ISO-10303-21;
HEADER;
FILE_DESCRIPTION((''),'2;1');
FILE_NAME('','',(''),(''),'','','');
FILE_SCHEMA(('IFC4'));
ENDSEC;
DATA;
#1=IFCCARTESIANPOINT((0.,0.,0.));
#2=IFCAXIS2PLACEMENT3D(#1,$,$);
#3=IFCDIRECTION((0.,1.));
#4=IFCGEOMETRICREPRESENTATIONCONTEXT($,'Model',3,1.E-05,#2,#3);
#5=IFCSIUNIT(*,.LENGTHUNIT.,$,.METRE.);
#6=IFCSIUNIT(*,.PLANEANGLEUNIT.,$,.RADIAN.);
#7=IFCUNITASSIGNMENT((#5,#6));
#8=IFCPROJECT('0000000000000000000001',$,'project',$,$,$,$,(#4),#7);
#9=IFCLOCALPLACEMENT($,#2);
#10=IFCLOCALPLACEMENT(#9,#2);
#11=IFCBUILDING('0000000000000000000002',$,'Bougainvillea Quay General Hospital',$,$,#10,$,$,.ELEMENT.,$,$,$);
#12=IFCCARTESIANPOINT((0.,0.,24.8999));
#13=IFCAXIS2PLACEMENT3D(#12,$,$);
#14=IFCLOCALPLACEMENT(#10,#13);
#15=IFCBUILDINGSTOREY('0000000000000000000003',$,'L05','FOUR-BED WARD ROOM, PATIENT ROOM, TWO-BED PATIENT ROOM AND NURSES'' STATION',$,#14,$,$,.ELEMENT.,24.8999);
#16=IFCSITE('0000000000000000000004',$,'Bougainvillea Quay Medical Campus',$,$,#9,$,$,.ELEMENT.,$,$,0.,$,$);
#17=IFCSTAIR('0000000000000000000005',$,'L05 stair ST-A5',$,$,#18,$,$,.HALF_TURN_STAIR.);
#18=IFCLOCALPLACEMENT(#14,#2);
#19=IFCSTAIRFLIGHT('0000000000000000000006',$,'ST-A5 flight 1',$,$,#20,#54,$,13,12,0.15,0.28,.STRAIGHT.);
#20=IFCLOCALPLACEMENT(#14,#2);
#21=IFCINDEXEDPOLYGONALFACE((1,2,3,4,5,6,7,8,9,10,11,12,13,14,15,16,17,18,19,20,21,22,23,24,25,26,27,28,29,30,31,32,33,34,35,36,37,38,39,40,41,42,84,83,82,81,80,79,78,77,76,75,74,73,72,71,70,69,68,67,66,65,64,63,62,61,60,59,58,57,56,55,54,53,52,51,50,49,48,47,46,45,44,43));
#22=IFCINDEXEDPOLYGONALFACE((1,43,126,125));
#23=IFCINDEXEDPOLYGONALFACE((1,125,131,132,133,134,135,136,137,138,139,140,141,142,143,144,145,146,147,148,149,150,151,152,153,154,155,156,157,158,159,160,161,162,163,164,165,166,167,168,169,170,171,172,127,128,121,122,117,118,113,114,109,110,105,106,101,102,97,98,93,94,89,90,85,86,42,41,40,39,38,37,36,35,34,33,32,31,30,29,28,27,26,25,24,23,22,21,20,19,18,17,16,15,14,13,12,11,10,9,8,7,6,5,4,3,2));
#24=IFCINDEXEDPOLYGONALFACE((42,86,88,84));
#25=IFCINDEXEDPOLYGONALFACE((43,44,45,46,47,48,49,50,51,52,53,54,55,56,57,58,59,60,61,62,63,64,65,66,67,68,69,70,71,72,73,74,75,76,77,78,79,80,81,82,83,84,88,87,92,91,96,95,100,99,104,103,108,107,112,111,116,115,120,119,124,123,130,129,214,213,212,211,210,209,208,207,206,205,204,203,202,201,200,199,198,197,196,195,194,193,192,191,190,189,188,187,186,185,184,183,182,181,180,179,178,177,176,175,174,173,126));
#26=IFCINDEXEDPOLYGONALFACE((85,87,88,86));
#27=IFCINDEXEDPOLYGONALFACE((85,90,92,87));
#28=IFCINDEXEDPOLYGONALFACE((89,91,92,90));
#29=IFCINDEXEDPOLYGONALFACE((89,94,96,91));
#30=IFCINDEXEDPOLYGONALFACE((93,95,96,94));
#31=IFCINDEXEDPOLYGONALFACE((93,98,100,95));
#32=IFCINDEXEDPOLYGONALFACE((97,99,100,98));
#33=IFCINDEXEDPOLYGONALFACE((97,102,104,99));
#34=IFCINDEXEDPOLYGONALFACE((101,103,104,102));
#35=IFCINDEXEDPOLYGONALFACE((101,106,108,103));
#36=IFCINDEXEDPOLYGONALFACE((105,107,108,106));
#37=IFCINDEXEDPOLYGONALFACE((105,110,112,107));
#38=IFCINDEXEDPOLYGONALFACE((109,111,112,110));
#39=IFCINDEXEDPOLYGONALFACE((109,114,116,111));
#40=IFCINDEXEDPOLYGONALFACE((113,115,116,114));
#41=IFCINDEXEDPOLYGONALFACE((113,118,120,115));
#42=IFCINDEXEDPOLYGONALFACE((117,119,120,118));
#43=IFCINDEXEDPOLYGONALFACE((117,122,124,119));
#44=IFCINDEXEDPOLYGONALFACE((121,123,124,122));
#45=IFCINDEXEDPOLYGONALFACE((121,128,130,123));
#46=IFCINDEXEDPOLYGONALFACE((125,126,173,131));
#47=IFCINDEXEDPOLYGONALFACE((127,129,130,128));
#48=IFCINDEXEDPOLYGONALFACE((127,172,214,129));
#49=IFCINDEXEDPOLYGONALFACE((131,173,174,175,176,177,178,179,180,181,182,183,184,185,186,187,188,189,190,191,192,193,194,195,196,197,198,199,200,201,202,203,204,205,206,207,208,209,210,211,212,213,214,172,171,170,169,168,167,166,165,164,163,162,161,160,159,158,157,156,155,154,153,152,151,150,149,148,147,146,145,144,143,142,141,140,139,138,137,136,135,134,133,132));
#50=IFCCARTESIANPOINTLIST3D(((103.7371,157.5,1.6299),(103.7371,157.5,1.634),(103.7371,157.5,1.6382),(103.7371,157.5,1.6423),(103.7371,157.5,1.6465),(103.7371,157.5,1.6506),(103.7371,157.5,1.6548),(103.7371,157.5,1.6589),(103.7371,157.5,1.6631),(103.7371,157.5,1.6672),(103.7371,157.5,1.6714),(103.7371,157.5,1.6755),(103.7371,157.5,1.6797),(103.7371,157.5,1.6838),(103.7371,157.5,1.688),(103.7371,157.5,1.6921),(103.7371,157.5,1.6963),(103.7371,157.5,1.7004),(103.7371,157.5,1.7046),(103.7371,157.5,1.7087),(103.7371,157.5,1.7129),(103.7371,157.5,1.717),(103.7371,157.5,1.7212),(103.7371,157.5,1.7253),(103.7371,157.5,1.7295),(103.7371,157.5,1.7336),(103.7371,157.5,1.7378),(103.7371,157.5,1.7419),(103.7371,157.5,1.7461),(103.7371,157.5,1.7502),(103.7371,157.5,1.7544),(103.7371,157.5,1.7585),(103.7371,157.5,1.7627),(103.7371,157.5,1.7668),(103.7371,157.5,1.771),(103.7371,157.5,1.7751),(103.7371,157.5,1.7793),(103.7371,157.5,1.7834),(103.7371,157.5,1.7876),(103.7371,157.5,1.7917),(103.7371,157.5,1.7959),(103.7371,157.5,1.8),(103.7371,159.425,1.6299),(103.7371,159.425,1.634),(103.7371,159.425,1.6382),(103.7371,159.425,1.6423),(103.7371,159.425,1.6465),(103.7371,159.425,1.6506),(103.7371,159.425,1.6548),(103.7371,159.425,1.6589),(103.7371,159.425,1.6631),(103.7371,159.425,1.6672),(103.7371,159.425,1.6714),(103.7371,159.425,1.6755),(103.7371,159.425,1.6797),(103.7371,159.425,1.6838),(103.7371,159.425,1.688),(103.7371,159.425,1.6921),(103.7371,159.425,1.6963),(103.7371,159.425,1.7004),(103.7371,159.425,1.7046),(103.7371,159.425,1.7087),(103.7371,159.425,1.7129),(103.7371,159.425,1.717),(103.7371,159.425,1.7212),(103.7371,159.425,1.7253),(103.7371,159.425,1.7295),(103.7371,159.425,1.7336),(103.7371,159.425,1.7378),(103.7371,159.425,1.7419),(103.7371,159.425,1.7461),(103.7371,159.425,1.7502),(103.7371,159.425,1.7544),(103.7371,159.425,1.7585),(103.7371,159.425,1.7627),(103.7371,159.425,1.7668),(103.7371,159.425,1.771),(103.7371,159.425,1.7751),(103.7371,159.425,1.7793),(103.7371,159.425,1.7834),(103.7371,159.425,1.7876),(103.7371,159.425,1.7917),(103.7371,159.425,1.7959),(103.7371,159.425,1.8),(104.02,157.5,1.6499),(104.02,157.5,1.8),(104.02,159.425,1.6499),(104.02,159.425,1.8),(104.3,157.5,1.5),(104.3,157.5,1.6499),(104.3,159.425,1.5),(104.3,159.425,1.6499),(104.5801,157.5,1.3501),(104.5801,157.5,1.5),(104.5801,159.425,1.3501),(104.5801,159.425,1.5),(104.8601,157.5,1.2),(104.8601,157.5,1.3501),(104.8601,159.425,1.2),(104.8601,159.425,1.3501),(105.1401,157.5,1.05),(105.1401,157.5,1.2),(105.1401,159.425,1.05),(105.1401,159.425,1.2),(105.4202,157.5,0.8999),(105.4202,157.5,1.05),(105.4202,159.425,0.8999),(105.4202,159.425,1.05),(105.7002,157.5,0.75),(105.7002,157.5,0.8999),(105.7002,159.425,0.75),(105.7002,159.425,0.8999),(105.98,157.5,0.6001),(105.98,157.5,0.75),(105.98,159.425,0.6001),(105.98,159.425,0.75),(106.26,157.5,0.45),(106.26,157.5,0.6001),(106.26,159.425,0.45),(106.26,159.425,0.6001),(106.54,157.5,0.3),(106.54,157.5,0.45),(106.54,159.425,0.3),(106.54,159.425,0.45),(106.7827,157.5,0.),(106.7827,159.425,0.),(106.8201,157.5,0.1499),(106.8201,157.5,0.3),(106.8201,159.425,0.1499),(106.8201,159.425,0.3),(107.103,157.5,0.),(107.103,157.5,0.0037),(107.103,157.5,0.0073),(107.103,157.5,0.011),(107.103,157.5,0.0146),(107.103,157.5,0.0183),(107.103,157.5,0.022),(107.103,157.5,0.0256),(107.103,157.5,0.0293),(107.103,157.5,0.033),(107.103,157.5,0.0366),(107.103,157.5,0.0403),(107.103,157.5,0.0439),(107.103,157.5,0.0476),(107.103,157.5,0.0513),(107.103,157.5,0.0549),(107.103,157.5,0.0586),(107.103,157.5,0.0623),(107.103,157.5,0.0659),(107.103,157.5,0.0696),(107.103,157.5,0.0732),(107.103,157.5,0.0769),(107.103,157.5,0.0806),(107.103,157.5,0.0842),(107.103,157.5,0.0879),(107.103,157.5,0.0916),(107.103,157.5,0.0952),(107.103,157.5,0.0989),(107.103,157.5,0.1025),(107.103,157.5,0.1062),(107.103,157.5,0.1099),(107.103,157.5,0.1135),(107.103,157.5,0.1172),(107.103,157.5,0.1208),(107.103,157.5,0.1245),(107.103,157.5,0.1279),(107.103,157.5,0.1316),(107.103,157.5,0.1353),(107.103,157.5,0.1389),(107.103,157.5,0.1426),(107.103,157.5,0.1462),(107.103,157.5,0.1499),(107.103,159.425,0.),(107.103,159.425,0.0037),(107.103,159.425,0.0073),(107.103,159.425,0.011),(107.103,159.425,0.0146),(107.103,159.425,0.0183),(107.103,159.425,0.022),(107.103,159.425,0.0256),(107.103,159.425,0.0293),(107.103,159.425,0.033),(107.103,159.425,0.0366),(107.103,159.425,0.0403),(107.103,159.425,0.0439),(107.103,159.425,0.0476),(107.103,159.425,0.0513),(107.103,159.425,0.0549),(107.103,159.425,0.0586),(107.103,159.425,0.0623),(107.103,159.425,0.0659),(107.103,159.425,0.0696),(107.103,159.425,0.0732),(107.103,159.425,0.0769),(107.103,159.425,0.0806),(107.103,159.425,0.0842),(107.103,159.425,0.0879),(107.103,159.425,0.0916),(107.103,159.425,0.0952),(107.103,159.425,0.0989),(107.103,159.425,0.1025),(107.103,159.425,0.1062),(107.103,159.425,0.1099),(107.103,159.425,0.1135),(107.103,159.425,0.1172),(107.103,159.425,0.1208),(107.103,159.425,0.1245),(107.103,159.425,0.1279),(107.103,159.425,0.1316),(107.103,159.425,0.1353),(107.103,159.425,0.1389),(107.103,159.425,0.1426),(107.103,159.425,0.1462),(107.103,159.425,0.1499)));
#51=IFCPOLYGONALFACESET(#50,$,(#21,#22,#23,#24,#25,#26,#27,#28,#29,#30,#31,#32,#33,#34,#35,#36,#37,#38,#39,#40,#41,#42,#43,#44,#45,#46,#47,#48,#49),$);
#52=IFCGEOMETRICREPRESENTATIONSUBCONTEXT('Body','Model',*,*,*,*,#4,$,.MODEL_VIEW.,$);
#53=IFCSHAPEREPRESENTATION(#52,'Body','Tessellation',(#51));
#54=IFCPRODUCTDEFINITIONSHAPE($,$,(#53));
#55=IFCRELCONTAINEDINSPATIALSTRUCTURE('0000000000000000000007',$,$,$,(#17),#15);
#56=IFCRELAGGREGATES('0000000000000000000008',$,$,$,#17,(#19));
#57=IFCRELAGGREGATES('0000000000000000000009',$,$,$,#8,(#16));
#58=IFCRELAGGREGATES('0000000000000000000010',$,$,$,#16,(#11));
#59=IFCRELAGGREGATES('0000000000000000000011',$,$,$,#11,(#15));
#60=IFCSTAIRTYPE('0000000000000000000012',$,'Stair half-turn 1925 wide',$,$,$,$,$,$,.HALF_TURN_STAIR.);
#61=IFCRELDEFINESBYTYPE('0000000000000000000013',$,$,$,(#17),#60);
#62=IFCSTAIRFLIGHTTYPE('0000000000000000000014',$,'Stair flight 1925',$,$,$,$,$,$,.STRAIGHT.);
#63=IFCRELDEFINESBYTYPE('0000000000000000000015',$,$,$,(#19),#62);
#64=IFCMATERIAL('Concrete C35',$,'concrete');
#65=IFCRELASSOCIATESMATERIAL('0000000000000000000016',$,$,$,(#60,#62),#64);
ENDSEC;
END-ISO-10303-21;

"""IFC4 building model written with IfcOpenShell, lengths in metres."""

from ifc_helpers import new_model, si_unit, direction, frame, origin, place, context, subcontext, project, spatial, polyline, outline, extrude, material, type_object, element, aggregate, save


model = new_model("IFC4")

# Units and contexts
model_context = context("Model", 3, precision=1e-05, world=origin(), true_north=direction((0.0, 1.0)))
body_context = subcontext(model_context, "Body", "Model", "MODEL_VIEW")
ifc_project = project(units=[si_unit("LENGTHUNIT", "METRE"), si_unit("PLANEANGLEUNIT", "RADIAN")], contexts=[model_context])

# Site, building, storey
site_placement = place(None, origin())
site = spatial("IfcSite", under=ifc_project, at=site_placement, Name="Bougainvillea Quay Medical Campus", CompositionType="ELEMENT", RefElevation=0.0)
building_placement = place(site_placement, origin())
building = spatial("IfcBuilding", under=site, at=building_placement, Name="Bougainvillea Quay General Hospital", CompositionType="ELEMENT")
storey_placement = place(building_placement, frame((0.0, 0.0, 24.8999)))
storey = spatial("IfcBuildingStorey", under=building, at=storey_placement, Name="L05", Description="FOUR-BED WARD ROOM, PATIENT ROOM, TWO-BED PATIENT ROOM AND NURSES' STATION", CompositionType="ELEMENT", Elevation=24.8999)

# Stair, stair flight
ifc_material_1 = material(Name="Concrete C35", Category="concrete")
stair_type = type_object("IfcStairType", Name="Stair half-turn 1925 wide", PredefinedType="HALF_TURN_STAIR", material=ifc_material_1)
stair_placement = place(storey_placement, origin())
stair = element("IfcStair", 1, at=stair_placement, inside=storey, type_object=stair_type, Name="L05 stair ST-A5", PredefinedType="HALF_TURN_STAIR")
stair_flight_type = type_object("IfcStairFlightType", Name="Stair flight 1925", PredefinedType="STRAIGHT", material=ifc_material_1)
stair_flight_placement = place(storey_placement, frame((107.1001, 158.4624, 0.0), z_axis=(0.0, 0.0, 1.0), x_axis=(-1.0, 0.0, 0.0)))
stair_flight = element("IfcStairFlight", 2, at=stair_flight_placement, type_object=stair_flight_type, Name="ST-A5 flight 1", NumberOfRisers=13, NumberOfTreads=12, PredefinedType="STRAIGHT", RiserHeight=0.15, TreadLength=0.28, context=body_context, shape_type="SweptSolid", body=[
    extrude(outline(polyline([(-0.0029, 0.0), (-0.0029, 0.0037), (-0.0029, 0.0073), (-0.0029, 0.011), (-0.0029, 0.0146), (-0.0029, 0.0183), (-0.0029, 0.022), (-0.0029, 0.0256), (-0.0029, 0.0293), (-0.0029, 0.033), (-0.0029, 0.0366), (-0.0029, 0.0403), (-0.0029, 0.0439), (-0.0029, 0.0476), (-0.0029, 0.0513), (-0.0029, 0.0549), (-0.0029, 0.0586), (-0.0029, 0.0623), (-0.0029, 0.0659), (-0.0029, 0.0696), (-0.0029, 0.0732), (-0.0029, 0.0769), (-0.0029, 0.0806), (-0.0029, 0.0842), (-0.0029, 0.0879), (-0.0029, 0.0916), (-0.0029, 0.0952), (-0.0029, 0.0989), (-0.0029, 0.1025), (-0.0029, 0.1062), (-0.0029, 0.1099), (-0.0029, 0.1135), (-0.0029, 0.1172), (-0.0029, 0.1208), (-0.0029, 0.1245), (-0.0029, 0.1279), (-0.0029, 0.1316), (-0.0029, 0.1353), (-0.0029, 0.1389), (-0.0029, 0.1426), (-0.0029, 0.1462), (-0.0029, 0.1499), (0.28, 0.1499), (0.28, 0.3), (0.5601, 0.3), (0.5601, 0.45), (0.8401, 0.45), (0.8401, 0.6001), (1.1201, 0.6001), (1.1201, 0.75), (1.3999, 0.75), (1.3999, 0.8999), (1.6799, 0.8999), (1.6799, 1.05), (1.96, 1.05), (1.96, 1.2), (2.24, 1.2), (2.24, 1.3501), (2.52, 1.3501), (2.52, 1.5), (2.8, 1.5), (2.8, 1.6499), (3.0801, 1.6499), (3.0801, 1.8), (3.363, 1.8), (3.363, 1.7959), (3.363, 1.7917), (3.363, 1.7876), (3.363, 1.7834), (3.363, 1.7793), (3.363, 1.7751), (3.363, 1.771), (3.363, 1.7668), (3.363, 1.7627), (3.363, 1.7585), (3.363, 1.7544), (3.363, 1.7502), (3.363, 1.7461), (3.363, 1.7419), (3.363, 1.7378), (3.363, 1.7336), (3.363, 1.7295), (3.363, 1.7253), (3.363, 1.7212), (3.363, 1.717), (3.363, 1.7129), (3.363, 1.7087), (3.363, 1.7046), (3.363, 1.7004), (3.363, 1.6963), (3.363, 1.6921), (3.363, 1.688), (3.363, 1.6838), (3.363, 1.6797), (3.363, 1.6755), (3.363, 1.6714), (3.363, 1.6672), (3.363, 1.6631), (3.363, 1.6589), (3.363, 1.6548), (3.363, 1.6506), (3.363, 1.6465), (3.363, 1.6423), (3.363, 1.6382), (3.363, 1.634), (3.363, 1.6299), (0.3174, 0.0), (-0.0029, 0.0)])), frame((0.0, 0.9624, 0.0), z_axis=(0.0, -1.0, 0.0), x_axis=(1.0, 0.0, 0.0)), (0.0, 0.0, 1.0), 1.925),
])
aggregate(stair, [stair_flight])

save(model, "model.ifc")
